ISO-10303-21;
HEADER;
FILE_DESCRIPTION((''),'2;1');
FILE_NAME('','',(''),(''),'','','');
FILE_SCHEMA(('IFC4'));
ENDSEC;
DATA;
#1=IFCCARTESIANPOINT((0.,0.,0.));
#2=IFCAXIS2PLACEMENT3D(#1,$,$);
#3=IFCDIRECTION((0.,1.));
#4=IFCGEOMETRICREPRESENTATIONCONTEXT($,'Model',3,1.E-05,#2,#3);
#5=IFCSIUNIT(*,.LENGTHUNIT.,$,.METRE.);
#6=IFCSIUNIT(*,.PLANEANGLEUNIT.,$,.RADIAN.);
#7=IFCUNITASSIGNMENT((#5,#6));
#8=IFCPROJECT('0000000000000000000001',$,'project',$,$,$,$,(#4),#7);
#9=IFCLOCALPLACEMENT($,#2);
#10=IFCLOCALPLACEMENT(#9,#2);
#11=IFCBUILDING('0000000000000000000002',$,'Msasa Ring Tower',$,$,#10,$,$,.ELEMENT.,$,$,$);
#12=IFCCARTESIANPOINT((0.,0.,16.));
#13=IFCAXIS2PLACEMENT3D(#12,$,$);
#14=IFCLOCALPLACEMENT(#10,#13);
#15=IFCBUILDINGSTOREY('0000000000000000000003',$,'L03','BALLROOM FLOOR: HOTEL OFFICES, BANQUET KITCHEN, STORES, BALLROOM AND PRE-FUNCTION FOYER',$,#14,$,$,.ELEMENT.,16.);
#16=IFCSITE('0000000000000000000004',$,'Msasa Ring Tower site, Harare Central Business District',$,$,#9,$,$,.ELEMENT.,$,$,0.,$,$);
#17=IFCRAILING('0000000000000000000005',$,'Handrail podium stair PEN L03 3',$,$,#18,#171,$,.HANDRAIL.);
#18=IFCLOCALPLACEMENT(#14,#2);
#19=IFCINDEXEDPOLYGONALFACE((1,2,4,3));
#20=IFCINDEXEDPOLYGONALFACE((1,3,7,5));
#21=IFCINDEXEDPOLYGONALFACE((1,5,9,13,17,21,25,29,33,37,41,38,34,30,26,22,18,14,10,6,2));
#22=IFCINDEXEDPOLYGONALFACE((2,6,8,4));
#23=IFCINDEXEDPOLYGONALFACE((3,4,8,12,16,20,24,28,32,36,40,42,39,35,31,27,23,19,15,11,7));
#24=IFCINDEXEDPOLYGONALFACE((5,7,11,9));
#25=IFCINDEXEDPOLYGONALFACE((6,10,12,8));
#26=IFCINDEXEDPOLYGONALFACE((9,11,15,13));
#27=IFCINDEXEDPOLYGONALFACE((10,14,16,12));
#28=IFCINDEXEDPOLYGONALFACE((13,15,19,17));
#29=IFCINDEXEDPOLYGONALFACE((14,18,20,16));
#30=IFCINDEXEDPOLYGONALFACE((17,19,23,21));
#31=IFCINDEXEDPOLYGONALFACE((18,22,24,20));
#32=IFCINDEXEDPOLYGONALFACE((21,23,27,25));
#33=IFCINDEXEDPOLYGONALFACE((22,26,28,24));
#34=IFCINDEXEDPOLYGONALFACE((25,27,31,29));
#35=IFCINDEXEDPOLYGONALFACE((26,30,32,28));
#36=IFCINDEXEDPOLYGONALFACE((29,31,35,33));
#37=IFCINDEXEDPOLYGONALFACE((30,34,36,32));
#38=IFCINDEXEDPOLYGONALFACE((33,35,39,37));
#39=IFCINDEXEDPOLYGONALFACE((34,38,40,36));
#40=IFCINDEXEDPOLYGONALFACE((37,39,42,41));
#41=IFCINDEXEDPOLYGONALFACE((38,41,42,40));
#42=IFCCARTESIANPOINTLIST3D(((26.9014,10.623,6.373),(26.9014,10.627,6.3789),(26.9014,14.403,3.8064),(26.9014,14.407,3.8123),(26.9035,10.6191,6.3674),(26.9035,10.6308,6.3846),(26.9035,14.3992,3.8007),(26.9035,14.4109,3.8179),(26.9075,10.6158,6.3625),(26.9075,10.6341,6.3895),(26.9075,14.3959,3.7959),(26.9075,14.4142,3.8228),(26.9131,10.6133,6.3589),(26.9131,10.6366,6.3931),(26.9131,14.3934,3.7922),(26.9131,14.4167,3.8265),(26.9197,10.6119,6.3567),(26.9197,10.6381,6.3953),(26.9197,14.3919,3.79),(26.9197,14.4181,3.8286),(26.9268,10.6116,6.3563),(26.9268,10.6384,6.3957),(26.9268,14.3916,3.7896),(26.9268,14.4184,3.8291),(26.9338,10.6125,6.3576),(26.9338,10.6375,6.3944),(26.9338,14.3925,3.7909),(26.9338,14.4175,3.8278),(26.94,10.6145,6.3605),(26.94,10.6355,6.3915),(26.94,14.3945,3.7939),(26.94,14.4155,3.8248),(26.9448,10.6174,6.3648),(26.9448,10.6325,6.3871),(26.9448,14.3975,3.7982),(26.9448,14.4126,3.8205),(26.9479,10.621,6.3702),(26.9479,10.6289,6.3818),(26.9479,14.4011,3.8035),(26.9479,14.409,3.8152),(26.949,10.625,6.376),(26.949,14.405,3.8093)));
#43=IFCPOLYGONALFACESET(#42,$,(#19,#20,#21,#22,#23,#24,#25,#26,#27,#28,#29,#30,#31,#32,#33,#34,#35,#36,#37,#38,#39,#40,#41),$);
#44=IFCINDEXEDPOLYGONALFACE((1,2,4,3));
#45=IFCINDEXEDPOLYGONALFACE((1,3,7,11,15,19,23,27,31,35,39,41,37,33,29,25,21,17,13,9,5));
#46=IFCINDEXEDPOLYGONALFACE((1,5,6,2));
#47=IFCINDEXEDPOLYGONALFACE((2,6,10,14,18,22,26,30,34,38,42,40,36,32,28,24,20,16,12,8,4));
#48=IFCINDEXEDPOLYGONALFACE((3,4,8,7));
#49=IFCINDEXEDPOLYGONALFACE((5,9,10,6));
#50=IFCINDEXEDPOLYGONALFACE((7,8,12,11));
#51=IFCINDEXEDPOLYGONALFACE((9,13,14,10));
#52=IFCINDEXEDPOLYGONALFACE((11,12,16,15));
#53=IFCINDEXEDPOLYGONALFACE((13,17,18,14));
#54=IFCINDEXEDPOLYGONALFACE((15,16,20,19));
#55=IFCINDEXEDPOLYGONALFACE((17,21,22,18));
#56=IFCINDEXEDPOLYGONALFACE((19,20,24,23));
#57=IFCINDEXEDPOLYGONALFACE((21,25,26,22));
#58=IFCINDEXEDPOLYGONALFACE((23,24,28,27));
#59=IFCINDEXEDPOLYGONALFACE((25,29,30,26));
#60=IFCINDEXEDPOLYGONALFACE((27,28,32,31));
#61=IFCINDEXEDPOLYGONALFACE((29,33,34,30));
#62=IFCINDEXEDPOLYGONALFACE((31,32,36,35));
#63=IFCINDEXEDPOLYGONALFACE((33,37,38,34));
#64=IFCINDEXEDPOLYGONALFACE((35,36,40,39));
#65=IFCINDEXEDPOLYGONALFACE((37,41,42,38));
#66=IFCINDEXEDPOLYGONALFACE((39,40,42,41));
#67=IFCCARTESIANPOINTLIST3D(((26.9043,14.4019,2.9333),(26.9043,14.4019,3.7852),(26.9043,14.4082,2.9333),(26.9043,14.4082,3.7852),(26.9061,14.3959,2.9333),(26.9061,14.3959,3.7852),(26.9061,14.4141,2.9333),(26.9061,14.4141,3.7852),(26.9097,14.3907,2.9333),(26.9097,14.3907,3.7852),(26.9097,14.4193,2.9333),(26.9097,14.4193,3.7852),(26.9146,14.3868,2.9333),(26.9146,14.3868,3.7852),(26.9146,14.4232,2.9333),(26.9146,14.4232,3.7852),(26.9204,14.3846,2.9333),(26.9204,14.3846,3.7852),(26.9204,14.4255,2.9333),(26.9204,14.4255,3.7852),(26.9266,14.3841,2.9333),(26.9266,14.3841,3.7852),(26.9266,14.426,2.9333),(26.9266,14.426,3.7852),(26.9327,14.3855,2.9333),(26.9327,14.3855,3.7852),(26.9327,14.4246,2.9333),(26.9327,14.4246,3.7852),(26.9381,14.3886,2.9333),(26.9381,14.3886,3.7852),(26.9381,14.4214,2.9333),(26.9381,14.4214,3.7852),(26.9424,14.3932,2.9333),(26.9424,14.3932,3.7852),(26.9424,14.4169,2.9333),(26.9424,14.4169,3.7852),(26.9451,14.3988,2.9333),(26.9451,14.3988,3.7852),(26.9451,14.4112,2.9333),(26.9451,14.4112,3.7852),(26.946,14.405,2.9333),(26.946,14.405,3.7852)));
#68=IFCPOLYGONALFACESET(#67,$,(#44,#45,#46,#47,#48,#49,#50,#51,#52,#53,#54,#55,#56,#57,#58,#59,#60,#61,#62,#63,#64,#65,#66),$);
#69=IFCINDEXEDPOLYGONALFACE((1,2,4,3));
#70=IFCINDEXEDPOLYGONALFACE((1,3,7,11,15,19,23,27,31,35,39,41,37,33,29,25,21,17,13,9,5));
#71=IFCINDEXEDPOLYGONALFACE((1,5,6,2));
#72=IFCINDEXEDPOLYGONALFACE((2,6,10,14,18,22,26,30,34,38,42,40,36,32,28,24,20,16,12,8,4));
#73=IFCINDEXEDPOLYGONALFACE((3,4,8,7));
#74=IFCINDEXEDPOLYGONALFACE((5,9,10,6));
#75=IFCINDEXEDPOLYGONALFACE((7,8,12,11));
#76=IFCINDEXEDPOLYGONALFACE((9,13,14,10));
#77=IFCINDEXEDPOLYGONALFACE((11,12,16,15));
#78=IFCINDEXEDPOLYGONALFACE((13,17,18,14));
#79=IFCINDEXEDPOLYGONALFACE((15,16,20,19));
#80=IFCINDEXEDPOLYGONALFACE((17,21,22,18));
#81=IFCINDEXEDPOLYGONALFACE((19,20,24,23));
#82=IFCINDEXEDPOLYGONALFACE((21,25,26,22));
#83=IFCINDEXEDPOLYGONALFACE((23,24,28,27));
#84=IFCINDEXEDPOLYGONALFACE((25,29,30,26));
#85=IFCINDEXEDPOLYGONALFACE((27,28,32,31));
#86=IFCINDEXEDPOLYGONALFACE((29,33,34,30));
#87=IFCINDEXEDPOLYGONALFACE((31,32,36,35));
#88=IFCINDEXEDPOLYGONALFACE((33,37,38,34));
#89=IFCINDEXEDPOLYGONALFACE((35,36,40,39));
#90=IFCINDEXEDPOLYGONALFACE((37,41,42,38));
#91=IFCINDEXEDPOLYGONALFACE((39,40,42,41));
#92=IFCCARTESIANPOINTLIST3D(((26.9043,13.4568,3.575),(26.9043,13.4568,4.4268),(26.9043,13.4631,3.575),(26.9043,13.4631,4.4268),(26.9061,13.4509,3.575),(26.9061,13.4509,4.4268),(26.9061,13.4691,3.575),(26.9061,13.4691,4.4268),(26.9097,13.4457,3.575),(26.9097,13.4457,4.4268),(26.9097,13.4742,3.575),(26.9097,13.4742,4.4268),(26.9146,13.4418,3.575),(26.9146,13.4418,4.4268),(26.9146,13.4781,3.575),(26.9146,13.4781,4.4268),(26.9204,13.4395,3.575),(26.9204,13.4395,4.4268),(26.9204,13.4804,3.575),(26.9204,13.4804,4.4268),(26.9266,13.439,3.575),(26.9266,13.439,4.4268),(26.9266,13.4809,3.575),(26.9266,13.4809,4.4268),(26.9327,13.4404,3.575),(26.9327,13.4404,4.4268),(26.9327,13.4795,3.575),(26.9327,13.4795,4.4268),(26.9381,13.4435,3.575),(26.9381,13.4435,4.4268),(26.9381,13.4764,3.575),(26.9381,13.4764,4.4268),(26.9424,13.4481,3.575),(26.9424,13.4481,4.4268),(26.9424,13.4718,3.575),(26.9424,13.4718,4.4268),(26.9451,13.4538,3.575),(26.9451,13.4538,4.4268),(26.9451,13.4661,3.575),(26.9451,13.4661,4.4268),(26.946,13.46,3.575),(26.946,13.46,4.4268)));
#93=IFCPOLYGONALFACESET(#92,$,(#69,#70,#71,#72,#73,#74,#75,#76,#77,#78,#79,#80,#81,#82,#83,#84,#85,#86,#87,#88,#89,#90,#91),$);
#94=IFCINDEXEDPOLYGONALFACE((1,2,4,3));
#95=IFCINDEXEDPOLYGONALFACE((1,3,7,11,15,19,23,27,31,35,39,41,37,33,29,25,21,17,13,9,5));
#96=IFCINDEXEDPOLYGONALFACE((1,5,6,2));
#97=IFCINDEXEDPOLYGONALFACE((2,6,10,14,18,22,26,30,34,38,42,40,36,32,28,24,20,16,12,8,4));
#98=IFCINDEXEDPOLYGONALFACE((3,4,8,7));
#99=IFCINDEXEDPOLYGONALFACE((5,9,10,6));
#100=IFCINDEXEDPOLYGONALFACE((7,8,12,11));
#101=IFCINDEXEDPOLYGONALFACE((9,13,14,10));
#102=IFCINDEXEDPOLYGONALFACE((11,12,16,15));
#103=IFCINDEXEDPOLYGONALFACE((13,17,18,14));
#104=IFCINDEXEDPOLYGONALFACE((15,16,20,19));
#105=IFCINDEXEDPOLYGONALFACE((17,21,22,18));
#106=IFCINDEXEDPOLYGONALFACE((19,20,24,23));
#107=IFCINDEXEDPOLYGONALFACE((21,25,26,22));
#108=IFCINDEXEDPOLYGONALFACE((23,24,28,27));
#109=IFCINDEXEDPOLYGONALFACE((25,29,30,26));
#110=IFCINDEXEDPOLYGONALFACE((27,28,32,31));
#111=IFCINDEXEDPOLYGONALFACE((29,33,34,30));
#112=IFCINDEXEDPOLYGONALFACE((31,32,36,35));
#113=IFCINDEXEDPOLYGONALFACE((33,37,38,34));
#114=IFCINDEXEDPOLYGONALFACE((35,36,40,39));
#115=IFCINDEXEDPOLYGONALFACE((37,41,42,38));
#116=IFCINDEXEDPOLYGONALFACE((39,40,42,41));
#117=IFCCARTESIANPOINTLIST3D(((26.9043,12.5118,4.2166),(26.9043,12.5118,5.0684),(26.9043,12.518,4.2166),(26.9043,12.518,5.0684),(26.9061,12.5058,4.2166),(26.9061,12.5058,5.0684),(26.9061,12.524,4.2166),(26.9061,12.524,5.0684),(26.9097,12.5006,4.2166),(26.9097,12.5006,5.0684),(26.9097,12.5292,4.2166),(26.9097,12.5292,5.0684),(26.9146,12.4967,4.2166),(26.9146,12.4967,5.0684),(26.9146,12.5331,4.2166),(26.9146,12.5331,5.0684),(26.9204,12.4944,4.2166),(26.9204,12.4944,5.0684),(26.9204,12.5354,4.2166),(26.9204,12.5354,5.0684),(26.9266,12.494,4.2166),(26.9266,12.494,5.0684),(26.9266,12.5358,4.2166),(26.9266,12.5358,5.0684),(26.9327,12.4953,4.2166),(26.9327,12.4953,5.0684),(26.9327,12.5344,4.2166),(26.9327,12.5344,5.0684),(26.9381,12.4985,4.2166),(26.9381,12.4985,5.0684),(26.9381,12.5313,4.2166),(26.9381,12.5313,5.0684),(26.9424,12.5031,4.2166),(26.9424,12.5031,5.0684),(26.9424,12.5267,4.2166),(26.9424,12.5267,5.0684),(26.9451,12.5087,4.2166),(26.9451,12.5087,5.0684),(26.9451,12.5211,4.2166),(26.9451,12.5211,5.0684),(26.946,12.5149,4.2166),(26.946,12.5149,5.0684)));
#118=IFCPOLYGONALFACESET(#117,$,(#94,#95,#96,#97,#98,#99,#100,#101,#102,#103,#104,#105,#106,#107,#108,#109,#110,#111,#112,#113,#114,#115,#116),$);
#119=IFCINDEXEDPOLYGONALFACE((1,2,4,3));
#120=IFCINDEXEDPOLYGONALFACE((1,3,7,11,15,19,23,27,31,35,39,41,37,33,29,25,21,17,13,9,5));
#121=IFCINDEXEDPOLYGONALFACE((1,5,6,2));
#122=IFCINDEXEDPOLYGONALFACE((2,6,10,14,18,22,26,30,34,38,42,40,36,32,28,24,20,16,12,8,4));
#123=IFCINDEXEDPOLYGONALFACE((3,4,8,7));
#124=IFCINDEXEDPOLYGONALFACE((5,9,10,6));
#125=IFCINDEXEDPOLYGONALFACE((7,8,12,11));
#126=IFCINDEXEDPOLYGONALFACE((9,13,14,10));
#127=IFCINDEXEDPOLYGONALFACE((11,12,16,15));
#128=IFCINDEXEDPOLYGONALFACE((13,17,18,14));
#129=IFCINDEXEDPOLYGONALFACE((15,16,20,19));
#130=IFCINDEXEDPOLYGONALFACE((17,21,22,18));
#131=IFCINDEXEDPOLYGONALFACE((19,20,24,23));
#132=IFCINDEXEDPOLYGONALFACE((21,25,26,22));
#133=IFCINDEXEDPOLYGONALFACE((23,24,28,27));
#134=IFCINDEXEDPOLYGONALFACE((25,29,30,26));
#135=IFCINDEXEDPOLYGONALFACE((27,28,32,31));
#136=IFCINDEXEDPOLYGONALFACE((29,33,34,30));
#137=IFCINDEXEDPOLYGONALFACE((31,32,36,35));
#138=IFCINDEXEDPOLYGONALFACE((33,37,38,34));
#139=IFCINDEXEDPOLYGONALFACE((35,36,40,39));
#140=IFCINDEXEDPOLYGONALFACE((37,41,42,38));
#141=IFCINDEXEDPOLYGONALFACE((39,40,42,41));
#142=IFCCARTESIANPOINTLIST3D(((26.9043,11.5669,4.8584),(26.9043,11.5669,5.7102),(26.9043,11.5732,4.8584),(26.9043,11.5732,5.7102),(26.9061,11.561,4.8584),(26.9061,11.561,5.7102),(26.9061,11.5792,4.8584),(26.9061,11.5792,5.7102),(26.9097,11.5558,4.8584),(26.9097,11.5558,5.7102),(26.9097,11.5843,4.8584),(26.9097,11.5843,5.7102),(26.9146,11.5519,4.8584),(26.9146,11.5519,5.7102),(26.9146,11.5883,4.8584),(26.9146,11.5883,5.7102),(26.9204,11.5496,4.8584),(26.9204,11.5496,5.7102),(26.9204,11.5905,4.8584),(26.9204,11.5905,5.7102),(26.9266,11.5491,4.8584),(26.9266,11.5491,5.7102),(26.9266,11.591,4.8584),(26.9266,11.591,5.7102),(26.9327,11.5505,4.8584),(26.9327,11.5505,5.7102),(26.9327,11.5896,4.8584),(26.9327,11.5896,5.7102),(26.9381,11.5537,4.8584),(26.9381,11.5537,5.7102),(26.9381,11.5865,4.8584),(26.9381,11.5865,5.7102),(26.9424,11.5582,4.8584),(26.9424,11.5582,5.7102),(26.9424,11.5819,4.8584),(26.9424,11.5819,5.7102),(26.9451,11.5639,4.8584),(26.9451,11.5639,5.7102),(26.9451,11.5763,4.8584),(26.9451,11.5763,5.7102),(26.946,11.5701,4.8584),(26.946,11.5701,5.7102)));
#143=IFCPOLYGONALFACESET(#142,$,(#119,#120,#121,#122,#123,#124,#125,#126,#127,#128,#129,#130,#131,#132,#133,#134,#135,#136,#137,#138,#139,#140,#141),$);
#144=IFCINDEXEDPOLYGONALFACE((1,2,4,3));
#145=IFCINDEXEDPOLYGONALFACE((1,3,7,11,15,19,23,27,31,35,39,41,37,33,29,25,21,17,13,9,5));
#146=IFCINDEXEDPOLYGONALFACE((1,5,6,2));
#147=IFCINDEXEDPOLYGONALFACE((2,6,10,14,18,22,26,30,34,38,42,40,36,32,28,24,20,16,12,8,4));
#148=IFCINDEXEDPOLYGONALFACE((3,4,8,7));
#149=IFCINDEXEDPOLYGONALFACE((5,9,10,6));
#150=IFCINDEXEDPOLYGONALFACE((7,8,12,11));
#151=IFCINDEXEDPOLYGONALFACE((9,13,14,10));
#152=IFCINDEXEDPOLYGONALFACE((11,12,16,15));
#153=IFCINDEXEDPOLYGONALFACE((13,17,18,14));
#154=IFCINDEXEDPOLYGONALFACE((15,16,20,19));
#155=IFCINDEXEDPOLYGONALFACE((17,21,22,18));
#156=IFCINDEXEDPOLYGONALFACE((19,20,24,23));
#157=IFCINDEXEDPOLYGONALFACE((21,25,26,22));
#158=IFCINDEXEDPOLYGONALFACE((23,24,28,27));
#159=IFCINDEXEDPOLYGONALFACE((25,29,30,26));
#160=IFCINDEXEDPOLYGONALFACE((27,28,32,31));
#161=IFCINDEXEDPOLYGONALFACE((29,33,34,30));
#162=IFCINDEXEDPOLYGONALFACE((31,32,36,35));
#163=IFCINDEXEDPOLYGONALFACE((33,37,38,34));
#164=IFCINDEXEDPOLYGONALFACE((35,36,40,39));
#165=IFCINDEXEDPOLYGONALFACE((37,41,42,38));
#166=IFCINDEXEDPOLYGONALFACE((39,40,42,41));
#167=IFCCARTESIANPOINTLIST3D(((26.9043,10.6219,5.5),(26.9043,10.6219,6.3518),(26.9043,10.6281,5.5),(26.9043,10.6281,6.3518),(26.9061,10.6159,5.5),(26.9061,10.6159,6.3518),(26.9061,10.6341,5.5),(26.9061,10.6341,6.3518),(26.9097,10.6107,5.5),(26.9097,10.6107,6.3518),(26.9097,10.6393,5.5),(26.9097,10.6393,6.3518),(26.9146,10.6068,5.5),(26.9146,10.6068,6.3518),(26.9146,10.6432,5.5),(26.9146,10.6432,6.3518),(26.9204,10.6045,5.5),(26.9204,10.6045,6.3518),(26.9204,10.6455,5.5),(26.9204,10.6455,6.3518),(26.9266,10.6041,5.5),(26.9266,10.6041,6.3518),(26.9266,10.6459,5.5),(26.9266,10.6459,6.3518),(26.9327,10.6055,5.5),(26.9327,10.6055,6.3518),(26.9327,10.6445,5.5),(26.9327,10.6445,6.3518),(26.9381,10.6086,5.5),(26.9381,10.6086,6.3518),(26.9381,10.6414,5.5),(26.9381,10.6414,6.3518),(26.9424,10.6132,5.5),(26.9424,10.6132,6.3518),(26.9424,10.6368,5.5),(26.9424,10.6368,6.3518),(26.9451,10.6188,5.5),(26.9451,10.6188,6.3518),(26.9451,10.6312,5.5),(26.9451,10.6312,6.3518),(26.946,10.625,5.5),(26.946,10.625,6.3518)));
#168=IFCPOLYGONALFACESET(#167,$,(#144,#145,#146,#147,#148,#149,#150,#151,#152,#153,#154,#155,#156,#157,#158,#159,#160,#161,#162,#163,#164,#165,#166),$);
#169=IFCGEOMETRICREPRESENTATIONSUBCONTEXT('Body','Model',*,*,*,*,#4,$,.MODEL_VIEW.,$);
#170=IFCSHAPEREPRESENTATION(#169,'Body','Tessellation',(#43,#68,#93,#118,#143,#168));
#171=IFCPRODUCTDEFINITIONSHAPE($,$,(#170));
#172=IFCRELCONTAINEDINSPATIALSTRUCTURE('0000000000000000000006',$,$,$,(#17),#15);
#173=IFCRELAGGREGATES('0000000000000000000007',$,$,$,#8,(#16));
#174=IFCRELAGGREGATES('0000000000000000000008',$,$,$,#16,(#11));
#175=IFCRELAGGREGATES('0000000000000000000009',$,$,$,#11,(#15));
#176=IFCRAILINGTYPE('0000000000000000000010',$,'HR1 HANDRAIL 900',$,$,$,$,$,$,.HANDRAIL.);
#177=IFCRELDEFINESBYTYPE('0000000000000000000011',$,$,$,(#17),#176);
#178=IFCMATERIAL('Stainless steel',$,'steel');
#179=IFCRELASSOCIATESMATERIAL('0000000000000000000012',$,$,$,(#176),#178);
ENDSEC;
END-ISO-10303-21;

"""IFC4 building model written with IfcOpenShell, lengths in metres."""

from ifc_helpers import new_model, si_unit, direction, frame, origin, origin_2d, place, context, subcontext, project, spatial, circle, extrude, material, type_object, element, save


model = new_model("IFC4")

# Units and contexts
model_context = context("Model", 3, precision=1e-05, world=origin(), true_north=direction((0.0, 1.0)))
body_context = subcontext(model_context, "Body", "Model", "MODEL_VIEW")
ifc_project = project(units=[si_unit("LENGTHUNIT", "METRE"), si_unit("PLANEANGLEUNIT", "RADIAN")], contexts=[model_context])

# Site, building, storey
site_placement = place(None, origin())
site = spatial("IfcSite", under=ifc_project, at=site_placement, Name="Msasa Ring Tower site, Harare Central Business District", CompositionType="ELEMENT", RefElevation=0.0)
building_placement = place(site_placement, origin())
building = spatial("IfcBuilding", under=site, at=building_placement, Name="Msasa Ring Tower", CompositionType="ELEMENT")
storey_placement = place(building_placement, frame((0.0, 0.0, 16.0)))
storey = spatial("IfcBuildingStorey", under=building, at=storey_placement, Name="L03", Description="BALLROOM FLOOR: HOTEL OFFICES, BANQUET KITCHEN, STORES, BALLROOM AND PRE-FUNCTION FOYER", CompositionType="ELEMENT", Elevation=16.0)

# Railing
ifc_material_1 = material(Name="Stainless steel", Category="steel")
railing_type = type_object("IfcRailingType", Name="HR1 HANDRAIL 900", PredefinedType="HANDRAIL", material=ifc_material_1)
for number, where, name in (
    (1, (26.925, 14.405, 2.9333), "Handrail podium stair PEN L03 3"),
):
    element("IfcRailing", number, at=place(storey_placement, frame(where)), inside=storey, type_object=railing_type, Name=name, PredefinedType="HANDRAIL", context=body_context, shape_type="SweptSolid", body=[
        extrude(circle(Radius=0.0239, at=origin_2d()), frame((0.0, 0.0, 0.876), z_axis=(0.0, -0.82731, 0.561746), x_axis=(1.0, 0.0, 0.0)), (0.0, 0.0, 1.0), 4.5691),
        extrude(circle(Radius=0.021, at=origin_2d()), origin(), (0.0, 0.0, 1.0), 0.8518),
        extrude(circle(Radius=0.021, at=origin_2d()), frame((0.0, -0.9451, 0.6416)), (0.0, 0.0, 1.0), 0.8518),
        extrude(circle(Radius=0.021, at=origin_2d()), frame((0.0, -1.8901, 1.2832)), (0.0, 0.0, 1.0), 0.8518),
        extrude(circle(Radius=0.021, at=origin_2d()), frame((0.0, -2.835, 1.925)), (0.0, 0.0, 1.0), 0.8518),
        extrude(circle(Radius=0.021, at=origin_2d()), frame((0.0, -3.78, 2.5667)), (0.0, 0.0, 1.0), 0.8518),
    ])

save(model, "model.ifc")
